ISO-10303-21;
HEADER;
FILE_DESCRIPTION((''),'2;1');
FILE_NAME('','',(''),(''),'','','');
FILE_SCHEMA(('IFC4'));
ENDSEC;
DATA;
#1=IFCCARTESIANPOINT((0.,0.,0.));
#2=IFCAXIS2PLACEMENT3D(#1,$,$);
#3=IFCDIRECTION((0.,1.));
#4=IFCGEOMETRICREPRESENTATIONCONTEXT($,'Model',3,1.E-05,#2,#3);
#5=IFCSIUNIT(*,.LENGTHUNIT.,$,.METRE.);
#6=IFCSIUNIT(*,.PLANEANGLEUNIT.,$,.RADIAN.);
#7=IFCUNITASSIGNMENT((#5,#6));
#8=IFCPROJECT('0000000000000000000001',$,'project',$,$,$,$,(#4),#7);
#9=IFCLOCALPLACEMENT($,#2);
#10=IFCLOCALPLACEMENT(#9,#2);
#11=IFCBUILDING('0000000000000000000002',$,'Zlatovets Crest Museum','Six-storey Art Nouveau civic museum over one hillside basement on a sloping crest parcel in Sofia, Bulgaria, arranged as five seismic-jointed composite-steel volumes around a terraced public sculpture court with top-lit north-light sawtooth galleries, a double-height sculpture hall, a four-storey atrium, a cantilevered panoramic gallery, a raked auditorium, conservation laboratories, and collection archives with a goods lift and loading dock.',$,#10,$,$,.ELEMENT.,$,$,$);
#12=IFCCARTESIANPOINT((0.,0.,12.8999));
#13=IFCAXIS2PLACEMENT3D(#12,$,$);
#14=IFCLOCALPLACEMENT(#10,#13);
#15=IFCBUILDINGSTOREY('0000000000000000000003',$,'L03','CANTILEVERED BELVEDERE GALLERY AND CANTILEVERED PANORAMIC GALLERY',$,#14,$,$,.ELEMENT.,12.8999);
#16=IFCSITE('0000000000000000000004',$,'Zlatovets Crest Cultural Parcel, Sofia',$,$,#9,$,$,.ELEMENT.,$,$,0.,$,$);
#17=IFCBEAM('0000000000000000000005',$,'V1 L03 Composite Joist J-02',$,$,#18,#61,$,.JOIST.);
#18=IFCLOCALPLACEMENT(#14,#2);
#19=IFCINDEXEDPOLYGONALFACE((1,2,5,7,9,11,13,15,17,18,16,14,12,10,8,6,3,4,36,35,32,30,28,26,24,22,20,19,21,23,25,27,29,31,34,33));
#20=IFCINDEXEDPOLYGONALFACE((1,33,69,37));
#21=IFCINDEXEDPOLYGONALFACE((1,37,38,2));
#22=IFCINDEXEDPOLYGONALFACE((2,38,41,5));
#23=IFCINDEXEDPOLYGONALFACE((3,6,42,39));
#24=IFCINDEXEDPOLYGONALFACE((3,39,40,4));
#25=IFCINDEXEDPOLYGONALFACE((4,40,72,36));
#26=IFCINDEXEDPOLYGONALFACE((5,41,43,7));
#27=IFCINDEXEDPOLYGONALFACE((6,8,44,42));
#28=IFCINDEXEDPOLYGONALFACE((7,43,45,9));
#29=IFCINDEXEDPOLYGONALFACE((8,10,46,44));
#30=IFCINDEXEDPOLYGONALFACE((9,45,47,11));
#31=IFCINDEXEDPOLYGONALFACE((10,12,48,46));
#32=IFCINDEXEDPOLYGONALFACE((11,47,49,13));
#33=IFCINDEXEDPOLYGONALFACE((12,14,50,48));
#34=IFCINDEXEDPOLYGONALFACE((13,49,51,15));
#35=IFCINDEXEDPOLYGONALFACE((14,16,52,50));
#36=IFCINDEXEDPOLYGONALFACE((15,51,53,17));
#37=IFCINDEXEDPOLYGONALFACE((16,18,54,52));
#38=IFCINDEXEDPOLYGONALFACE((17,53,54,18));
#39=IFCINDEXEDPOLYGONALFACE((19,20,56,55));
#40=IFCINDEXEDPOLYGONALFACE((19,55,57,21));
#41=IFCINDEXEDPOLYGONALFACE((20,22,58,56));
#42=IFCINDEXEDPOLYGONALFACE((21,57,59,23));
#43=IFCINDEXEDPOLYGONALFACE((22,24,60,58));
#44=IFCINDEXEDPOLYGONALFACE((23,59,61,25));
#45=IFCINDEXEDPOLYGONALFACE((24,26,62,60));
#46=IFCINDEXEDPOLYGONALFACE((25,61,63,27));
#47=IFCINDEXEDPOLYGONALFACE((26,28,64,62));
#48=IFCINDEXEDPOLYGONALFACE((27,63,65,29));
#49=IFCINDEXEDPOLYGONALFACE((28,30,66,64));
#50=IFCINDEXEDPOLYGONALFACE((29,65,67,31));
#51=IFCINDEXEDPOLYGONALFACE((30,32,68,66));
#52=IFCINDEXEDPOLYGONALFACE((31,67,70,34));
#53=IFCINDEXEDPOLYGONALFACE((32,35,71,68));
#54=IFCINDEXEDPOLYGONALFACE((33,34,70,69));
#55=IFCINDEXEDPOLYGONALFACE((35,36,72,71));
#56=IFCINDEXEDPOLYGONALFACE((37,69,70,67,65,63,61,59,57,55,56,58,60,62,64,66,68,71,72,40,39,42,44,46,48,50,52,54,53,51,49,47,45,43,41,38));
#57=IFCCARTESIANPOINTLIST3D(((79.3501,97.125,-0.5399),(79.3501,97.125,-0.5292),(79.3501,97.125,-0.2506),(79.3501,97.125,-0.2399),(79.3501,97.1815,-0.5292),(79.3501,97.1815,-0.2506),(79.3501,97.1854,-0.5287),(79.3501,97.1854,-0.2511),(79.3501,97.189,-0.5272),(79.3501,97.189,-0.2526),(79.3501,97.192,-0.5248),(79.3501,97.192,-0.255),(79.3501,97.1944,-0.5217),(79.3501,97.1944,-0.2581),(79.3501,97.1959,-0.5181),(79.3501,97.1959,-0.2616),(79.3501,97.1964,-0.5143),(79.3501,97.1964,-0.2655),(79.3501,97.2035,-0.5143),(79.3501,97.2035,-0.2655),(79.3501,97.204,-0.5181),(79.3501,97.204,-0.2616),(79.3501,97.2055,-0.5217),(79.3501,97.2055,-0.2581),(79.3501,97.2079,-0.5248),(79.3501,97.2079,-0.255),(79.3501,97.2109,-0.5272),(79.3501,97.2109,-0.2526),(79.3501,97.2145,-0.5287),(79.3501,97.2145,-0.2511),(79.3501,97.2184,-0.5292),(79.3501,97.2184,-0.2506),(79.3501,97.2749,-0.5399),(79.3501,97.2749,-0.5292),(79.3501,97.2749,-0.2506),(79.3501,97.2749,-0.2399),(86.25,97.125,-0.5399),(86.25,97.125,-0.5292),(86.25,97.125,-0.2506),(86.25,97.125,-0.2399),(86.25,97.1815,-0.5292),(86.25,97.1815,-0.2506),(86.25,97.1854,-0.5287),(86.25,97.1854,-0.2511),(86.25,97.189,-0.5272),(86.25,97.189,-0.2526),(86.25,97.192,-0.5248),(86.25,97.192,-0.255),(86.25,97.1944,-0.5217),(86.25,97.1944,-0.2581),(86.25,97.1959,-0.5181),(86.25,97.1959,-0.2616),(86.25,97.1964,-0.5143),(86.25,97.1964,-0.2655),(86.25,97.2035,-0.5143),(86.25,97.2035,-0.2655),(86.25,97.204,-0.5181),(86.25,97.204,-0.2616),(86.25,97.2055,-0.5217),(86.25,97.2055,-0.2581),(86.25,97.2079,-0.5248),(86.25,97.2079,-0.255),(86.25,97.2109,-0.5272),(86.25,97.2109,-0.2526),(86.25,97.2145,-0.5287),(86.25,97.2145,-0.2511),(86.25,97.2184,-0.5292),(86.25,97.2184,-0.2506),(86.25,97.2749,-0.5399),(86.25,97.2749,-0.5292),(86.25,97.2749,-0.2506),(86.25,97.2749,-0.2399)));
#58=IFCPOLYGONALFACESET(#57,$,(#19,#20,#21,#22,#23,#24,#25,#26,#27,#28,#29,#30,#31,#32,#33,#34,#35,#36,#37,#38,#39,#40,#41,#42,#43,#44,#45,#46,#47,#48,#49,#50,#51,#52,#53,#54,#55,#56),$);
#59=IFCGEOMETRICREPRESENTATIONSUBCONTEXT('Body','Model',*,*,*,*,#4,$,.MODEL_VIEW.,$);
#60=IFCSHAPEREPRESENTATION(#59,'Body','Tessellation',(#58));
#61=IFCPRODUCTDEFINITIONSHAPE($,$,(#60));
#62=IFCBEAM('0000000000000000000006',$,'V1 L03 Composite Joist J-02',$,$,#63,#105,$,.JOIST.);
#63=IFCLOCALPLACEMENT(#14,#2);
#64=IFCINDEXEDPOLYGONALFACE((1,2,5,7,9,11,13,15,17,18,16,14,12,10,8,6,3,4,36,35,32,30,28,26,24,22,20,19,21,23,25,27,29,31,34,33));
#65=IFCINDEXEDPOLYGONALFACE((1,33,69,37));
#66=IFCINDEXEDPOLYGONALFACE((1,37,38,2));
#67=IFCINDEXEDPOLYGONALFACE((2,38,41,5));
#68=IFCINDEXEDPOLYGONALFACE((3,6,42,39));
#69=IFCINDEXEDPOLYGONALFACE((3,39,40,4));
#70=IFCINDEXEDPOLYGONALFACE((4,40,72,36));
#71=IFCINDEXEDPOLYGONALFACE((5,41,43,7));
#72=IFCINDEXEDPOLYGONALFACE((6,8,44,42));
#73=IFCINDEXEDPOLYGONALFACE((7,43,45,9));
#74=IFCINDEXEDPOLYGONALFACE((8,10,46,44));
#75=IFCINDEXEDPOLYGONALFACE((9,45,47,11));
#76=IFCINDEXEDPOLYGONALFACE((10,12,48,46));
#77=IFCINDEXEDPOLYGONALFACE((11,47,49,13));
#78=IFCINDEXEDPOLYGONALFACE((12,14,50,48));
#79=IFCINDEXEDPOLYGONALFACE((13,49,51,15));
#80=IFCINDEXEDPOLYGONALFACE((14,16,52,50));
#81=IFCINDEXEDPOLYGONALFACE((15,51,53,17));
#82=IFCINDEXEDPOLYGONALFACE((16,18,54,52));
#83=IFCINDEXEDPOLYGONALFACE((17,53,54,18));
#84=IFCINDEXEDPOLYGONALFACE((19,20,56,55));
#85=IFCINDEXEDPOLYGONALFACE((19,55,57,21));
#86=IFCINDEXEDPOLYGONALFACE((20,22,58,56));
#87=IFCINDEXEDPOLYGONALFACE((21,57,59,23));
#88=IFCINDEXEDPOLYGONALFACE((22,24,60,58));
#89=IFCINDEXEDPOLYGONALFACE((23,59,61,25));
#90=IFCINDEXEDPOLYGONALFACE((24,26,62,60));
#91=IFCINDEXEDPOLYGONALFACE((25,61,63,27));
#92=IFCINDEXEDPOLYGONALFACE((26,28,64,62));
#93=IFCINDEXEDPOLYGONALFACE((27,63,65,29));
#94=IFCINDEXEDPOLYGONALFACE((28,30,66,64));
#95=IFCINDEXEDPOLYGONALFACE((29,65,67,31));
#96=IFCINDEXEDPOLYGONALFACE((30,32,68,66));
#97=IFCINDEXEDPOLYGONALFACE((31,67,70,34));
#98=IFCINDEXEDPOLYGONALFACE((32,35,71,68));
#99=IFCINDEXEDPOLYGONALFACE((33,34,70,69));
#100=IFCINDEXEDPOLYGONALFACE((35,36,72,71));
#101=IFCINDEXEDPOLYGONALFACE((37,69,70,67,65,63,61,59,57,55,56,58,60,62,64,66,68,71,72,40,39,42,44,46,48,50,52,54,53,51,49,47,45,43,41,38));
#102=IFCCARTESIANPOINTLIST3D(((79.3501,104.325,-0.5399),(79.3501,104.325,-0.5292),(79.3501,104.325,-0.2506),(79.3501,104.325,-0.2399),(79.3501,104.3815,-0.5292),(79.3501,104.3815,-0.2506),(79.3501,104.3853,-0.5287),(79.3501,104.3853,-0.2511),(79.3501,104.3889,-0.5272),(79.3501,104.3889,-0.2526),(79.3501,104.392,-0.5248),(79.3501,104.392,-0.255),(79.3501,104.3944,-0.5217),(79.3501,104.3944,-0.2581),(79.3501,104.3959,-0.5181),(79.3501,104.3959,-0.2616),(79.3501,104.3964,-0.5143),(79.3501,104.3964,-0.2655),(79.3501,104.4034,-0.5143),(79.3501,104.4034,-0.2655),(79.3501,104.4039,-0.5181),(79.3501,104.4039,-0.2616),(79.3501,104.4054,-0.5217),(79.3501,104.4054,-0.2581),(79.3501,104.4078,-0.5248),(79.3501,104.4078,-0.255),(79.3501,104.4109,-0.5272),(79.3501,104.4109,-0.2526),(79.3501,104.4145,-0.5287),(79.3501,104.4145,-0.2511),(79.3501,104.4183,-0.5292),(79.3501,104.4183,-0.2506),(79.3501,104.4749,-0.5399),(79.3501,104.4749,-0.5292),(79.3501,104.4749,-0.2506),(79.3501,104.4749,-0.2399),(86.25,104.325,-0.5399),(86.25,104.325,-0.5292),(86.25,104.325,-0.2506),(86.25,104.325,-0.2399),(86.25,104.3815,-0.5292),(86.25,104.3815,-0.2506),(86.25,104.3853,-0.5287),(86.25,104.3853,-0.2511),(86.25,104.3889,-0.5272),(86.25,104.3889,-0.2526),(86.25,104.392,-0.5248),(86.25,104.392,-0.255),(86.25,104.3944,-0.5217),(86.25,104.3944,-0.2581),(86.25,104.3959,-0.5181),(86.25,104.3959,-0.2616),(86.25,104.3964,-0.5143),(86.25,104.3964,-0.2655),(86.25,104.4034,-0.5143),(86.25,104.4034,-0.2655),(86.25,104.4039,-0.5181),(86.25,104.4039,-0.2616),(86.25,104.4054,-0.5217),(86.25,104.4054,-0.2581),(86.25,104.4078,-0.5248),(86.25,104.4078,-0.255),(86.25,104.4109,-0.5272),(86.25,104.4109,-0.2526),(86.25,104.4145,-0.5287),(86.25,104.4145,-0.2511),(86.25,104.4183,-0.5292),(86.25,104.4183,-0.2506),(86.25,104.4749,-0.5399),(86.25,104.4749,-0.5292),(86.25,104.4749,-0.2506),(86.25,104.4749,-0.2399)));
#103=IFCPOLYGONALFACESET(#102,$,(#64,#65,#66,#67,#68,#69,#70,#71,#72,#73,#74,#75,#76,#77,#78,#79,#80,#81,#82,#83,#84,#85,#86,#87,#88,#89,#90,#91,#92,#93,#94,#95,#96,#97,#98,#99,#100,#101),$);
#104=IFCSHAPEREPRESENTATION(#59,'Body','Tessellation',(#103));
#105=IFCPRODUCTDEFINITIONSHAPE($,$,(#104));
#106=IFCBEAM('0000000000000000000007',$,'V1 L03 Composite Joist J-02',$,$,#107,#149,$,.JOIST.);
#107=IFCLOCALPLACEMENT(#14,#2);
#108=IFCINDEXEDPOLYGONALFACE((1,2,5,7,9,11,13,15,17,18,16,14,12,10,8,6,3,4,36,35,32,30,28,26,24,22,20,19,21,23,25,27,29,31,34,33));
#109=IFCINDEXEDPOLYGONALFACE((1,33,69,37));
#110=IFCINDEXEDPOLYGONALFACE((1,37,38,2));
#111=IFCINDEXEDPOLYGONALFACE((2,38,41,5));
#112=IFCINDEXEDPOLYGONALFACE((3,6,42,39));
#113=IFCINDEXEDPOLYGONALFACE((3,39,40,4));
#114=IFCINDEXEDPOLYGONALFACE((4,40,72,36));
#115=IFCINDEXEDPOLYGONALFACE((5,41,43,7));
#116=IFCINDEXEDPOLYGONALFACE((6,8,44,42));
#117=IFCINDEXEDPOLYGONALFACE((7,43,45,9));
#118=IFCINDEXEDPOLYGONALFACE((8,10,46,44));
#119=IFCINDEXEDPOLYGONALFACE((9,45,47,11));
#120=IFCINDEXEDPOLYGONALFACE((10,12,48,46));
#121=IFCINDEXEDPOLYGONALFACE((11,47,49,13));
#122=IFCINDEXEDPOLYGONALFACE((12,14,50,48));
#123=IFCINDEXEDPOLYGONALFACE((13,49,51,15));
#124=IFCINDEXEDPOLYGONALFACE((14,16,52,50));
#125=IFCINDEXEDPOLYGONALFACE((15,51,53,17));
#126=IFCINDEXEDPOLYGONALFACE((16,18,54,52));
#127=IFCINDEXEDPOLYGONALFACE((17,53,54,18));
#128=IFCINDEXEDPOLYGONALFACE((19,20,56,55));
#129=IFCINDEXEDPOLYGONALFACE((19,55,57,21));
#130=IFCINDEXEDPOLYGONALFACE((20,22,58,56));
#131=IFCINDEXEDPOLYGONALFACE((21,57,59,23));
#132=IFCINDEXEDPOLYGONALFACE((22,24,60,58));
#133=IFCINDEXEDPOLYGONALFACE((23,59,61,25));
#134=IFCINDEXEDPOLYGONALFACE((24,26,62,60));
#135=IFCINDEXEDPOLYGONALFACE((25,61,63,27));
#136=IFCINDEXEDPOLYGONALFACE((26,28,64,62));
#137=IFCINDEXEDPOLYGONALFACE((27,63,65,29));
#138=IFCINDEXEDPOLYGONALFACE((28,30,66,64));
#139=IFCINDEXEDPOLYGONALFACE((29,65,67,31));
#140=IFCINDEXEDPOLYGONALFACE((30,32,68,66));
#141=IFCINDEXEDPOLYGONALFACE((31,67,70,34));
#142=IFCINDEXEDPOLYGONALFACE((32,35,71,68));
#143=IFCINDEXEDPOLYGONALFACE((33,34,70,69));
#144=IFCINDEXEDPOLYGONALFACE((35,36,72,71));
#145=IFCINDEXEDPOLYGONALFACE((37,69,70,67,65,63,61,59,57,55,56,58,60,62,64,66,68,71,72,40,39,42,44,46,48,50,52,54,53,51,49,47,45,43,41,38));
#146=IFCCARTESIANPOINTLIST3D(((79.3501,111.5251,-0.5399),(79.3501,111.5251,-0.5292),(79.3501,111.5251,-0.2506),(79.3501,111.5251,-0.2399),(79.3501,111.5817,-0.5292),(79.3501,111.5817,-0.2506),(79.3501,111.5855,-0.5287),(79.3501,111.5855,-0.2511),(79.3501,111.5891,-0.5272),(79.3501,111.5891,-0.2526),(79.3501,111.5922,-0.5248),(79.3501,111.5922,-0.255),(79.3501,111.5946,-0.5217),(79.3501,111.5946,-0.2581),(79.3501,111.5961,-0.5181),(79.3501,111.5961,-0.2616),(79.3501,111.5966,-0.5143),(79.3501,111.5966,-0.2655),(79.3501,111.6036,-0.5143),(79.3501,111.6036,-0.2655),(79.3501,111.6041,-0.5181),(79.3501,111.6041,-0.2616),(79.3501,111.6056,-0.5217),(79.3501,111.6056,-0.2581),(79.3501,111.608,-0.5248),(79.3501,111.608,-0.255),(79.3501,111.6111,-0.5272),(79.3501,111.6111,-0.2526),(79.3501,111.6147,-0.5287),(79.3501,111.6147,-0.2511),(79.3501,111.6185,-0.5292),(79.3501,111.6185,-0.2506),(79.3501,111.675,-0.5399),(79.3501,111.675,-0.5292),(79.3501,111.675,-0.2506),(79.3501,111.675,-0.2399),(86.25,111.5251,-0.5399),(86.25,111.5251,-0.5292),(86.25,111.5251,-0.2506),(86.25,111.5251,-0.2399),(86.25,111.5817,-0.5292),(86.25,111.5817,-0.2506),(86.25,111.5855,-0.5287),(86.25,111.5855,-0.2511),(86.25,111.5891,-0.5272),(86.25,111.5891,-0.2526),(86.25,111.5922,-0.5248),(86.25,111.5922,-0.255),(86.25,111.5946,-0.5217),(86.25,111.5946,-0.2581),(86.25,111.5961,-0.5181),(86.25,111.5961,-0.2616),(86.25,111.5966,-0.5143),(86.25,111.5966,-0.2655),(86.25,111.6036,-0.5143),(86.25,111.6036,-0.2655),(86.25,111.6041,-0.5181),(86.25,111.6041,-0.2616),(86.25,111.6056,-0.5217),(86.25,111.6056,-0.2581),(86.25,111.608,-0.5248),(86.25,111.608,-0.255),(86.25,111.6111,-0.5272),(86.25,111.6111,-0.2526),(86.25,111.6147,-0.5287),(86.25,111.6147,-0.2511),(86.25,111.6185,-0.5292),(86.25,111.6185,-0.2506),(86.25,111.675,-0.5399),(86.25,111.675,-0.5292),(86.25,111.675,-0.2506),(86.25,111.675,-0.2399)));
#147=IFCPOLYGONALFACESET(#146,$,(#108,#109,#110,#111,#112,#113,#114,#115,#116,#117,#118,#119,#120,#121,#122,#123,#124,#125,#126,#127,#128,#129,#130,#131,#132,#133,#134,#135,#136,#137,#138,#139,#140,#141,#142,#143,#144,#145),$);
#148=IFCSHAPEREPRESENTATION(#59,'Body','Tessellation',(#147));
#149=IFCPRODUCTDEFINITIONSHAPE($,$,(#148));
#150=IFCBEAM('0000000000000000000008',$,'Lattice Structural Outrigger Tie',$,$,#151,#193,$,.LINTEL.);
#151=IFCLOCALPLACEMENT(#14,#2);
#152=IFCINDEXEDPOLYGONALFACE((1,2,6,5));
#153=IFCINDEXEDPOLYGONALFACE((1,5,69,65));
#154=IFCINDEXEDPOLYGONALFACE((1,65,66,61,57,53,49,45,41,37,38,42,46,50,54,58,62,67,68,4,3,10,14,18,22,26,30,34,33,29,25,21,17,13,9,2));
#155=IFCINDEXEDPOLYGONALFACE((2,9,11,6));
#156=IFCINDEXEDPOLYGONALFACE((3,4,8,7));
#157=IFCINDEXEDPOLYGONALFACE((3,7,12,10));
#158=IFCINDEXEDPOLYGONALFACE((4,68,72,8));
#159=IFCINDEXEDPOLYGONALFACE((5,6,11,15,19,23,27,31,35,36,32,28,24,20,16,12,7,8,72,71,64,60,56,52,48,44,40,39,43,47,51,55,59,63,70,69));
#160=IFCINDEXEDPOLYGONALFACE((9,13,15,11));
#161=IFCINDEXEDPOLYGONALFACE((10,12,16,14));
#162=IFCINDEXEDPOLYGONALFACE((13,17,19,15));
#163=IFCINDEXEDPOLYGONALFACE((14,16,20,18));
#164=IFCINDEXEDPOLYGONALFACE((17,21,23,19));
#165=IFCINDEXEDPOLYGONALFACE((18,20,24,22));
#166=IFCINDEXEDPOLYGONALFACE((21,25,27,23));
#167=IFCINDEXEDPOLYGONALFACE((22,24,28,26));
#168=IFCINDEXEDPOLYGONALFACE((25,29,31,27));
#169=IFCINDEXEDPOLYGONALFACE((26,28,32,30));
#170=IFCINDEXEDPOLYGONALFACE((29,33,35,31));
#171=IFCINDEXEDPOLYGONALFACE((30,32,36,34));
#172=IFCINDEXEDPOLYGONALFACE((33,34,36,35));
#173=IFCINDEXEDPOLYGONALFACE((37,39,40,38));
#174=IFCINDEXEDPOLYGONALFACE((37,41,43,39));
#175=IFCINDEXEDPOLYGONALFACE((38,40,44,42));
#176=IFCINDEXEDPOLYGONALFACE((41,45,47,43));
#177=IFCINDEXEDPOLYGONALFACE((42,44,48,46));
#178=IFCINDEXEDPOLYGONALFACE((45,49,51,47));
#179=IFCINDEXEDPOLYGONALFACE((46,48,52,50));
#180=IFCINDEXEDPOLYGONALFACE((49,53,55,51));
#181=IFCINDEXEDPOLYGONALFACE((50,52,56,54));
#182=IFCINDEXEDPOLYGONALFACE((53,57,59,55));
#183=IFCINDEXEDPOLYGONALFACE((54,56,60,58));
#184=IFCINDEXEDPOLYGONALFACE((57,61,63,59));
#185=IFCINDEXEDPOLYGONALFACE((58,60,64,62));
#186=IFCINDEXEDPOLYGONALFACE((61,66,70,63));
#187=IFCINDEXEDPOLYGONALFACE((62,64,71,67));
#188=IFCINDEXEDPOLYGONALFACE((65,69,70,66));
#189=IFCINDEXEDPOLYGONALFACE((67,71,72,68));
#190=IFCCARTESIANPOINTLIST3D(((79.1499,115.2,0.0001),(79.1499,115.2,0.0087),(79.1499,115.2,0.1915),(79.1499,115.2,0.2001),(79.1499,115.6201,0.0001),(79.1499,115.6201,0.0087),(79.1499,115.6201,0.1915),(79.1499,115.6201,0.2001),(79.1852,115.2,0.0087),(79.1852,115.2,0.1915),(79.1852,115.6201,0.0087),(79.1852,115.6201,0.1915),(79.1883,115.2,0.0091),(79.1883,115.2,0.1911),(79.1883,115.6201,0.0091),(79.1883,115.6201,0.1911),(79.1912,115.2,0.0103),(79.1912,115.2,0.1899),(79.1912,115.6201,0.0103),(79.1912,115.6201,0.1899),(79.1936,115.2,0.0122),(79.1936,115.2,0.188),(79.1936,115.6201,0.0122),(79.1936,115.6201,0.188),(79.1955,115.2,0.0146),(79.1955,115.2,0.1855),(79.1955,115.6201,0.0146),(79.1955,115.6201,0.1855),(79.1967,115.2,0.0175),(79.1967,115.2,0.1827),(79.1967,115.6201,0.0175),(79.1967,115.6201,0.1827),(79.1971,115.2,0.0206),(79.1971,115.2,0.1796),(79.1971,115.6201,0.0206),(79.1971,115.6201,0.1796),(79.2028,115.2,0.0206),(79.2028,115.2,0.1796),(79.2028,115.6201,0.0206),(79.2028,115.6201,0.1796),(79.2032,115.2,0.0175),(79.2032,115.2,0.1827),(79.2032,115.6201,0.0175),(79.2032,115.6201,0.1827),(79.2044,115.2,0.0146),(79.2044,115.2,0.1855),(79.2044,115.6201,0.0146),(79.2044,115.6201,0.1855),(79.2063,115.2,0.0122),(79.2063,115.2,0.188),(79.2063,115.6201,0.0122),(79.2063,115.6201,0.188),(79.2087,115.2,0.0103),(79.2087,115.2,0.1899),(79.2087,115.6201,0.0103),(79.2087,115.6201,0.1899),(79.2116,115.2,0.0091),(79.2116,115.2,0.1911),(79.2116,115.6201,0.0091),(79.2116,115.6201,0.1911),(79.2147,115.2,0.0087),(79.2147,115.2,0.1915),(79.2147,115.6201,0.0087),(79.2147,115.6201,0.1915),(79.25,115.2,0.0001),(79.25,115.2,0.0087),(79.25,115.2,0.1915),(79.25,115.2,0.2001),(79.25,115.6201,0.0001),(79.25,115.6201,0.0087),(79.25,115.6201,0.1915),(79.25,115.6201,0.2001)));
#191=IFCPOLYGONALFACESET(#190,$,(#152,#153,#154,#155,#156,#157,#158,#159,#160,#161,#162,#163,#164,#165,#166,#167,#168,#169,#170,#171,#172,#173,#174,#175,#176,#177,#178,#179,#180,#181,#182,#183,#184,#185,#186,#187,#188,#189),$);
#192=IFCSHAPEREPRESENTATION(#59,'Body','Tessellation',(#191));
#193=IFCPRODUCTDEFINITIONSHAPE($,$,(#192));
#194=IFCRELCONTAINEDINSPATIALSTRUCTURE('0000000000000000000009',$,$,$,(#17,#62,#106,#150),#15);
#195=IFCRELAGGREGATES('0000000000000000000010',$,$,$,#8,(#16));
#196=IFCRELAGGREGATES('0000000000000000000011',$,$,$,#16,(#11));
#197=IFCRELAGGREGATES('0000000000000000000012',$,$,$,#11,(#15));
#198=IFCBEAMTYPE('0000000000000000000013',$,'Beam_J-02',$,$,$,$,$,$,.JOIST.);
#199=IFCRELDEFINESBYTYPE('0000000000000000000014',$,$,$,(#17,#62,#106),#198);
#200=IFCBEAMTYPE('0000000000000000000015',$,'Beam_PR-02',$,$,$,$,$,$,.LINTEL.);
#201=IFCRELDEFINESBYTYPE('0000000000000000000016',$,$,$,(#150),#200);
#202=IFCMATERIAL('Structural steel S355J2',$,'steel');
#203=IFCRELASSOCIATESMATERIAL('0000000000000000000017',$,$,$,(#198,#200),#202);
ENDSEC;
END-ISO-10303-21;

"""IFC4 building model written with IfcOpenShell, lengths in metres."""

from ifc_helpers import new_model, si_unit, direction, frame, origin, origin_2d, place, context, subcontext, project, spatial, i_section, extrude, material, material_profile, profile_set, type_object, element, save


model = new_model("IFC4")

# Units and contexts
model_context = context("Model", 3, precision=1e-05, world=origin(), true_north=direction((0.0, 1.0)))
body_context = subcontext(model_context, "Body", "Model", "MODEL_VIEW")
ifc_project = project(units=[si_unit("LENGTHUNIT", "METRE"), si_unit("PLANEANGLEUNIT", "RADIAN")], contexts=[model_context])

# Site, building, storey
site_placement = place(None, origin())
site = spatial("IfcSite", under=ifc_project, at=site_placement, Name="Zlatovets Crest Cultural Parcel, Sofia", CompositionType="ELEMENT", RefElevation=0.0)
building_placement = place(site_placement, origin())
building = spatial("IfcBuilding", under=site, at=building_placement, Name="Zlatovets Crest Museum", Description="Six-storey Art Nouveau civic museum over one hillside basement on a sloping crest parcel in Sofia, Bulgaria, arranged as five seismic-jointed composite-steel volumes around a terraced public sculpture court with top-lit north-light sawtooth galleries, a double-height sculpture hall, a four-storey atrium, a cantilevered panoramic gallery, a raked auditorium, conservation laboratories, and collection archives with a goods lift and loading dock.", CompositionType="ELEMENT")
storey_placement = place(building_placement, frame((0.0, 0.0, 12.8999)))
storey = spatial("IfcBuildingStorey", under=building, at=storey_placement, Name="L03", Description="CANTILEVERED BELVEDERE GALLERY AND CANTILEVERED PANORAMIC GALLERY", CompositionType="ELEMENT", Elevation=12.8999)

# Shared definitions
ifc_material_1 = material(Name="Structural steel S355J2", Category="steel")

# Beams
ifc_material_profile_1 = material_profile(ifc_material_1, i_section(OverallWidth=0.1499, OverallDepth=0.3, WebThickness=0.0071, FlangeThickness=0.0107, FilletRadius=0.0149, at=origin_2d()), Name="IPE 300")
ifc_profile_set_1 = profile_set([ifc_material_profile_1], Name="Structural steel S355J2")
beam_type_1 = type_object("IfcBeamType", Name="Beam_J-02", PredefinedType="JOIST", material=ifc_profile_set_1)
for number, where, z_axis, x_axis, name in (
    (1, (79.3501, 97.2, -0.3899), (1.0, 0.0, 0.0), (0.0, 1.0, 0.0), "V1 L03 Composite Joist J-02"),
    (2, (79.3501, 104.3999, -0.3899), (1.0, 0.0, 0.0), (0.0, 1.0, 0.0), "V1 L03 Composite Joist J-02"),
    (3, (79.3501, 111.6001, -0.3899), (1.0, 0.0, 0.0), (0.0, 1.0, 0.0), "V1 L03 Composite Joist J-02"),
):
    element("IfcBeam", number, at=place(storey_placement, frame(where, z_axis=z_axis, x_axis=x_axis)), inside=storey, type_object=beam_type_1, Name=name, PredefinedType="JOIST", context=body_context, shape_type="SweptSolid", body=[
        extrude(i_section(OverallWidth=0.1499, OverallDepth=0.3, WebThickness=0.0071, FlangeThickness=0.0107, FilletRadius=0.0149, at=origin_2d()), origin(), (0.0, 0.0, 1.0), 6.8999),
    ])
ifc_material_profile_2 = material_profile(ifc_material_1, i_section(OverallWidth=0.1001, OverallDepth=0.2, WebThickness=0.0056, FlangeThickness=0.0085, FilletRadius=0.012, at=origin_2d()), Name="IPE 200")
ifc_profile_set_2 = profile_set([ifc_material_profile_2], Name="Structural steel S355J2")
beam_type_2 = type_object("IfcBeamType", Name="Beam_PR-02", PredefinedType="LINTEL", material=ifc_profile_set_2)
for number, where, z_axis, x_axis, name in (
    (4, (79.2, 115.2, 0.1001), (0.0, 1.0, 0.0), (-1.0, 0.0, 0.0), "Lattice Structural Outrigger Tie"),
):
    element("IfcBeam", number, at=place(storey_placement, frame(where, z_axis=z_axis, x_axis=x_axis)), inside=storey, type_object=beam_type_2, Name=name, PredefinedType="LINTEL", context=body_context, shape_type="SweptSolid", body=[
        extrude(i_section(OverallWidth=0.1001, OverallDepth=0.2, WebThickness=0.0056, FlangeThickness=0.0085, FilletRadius=0.012, at=origin_2d()), origin(), (0.0, 0.0, 1.0), 0.4202),
    ])

save(model, "model.ifc")
